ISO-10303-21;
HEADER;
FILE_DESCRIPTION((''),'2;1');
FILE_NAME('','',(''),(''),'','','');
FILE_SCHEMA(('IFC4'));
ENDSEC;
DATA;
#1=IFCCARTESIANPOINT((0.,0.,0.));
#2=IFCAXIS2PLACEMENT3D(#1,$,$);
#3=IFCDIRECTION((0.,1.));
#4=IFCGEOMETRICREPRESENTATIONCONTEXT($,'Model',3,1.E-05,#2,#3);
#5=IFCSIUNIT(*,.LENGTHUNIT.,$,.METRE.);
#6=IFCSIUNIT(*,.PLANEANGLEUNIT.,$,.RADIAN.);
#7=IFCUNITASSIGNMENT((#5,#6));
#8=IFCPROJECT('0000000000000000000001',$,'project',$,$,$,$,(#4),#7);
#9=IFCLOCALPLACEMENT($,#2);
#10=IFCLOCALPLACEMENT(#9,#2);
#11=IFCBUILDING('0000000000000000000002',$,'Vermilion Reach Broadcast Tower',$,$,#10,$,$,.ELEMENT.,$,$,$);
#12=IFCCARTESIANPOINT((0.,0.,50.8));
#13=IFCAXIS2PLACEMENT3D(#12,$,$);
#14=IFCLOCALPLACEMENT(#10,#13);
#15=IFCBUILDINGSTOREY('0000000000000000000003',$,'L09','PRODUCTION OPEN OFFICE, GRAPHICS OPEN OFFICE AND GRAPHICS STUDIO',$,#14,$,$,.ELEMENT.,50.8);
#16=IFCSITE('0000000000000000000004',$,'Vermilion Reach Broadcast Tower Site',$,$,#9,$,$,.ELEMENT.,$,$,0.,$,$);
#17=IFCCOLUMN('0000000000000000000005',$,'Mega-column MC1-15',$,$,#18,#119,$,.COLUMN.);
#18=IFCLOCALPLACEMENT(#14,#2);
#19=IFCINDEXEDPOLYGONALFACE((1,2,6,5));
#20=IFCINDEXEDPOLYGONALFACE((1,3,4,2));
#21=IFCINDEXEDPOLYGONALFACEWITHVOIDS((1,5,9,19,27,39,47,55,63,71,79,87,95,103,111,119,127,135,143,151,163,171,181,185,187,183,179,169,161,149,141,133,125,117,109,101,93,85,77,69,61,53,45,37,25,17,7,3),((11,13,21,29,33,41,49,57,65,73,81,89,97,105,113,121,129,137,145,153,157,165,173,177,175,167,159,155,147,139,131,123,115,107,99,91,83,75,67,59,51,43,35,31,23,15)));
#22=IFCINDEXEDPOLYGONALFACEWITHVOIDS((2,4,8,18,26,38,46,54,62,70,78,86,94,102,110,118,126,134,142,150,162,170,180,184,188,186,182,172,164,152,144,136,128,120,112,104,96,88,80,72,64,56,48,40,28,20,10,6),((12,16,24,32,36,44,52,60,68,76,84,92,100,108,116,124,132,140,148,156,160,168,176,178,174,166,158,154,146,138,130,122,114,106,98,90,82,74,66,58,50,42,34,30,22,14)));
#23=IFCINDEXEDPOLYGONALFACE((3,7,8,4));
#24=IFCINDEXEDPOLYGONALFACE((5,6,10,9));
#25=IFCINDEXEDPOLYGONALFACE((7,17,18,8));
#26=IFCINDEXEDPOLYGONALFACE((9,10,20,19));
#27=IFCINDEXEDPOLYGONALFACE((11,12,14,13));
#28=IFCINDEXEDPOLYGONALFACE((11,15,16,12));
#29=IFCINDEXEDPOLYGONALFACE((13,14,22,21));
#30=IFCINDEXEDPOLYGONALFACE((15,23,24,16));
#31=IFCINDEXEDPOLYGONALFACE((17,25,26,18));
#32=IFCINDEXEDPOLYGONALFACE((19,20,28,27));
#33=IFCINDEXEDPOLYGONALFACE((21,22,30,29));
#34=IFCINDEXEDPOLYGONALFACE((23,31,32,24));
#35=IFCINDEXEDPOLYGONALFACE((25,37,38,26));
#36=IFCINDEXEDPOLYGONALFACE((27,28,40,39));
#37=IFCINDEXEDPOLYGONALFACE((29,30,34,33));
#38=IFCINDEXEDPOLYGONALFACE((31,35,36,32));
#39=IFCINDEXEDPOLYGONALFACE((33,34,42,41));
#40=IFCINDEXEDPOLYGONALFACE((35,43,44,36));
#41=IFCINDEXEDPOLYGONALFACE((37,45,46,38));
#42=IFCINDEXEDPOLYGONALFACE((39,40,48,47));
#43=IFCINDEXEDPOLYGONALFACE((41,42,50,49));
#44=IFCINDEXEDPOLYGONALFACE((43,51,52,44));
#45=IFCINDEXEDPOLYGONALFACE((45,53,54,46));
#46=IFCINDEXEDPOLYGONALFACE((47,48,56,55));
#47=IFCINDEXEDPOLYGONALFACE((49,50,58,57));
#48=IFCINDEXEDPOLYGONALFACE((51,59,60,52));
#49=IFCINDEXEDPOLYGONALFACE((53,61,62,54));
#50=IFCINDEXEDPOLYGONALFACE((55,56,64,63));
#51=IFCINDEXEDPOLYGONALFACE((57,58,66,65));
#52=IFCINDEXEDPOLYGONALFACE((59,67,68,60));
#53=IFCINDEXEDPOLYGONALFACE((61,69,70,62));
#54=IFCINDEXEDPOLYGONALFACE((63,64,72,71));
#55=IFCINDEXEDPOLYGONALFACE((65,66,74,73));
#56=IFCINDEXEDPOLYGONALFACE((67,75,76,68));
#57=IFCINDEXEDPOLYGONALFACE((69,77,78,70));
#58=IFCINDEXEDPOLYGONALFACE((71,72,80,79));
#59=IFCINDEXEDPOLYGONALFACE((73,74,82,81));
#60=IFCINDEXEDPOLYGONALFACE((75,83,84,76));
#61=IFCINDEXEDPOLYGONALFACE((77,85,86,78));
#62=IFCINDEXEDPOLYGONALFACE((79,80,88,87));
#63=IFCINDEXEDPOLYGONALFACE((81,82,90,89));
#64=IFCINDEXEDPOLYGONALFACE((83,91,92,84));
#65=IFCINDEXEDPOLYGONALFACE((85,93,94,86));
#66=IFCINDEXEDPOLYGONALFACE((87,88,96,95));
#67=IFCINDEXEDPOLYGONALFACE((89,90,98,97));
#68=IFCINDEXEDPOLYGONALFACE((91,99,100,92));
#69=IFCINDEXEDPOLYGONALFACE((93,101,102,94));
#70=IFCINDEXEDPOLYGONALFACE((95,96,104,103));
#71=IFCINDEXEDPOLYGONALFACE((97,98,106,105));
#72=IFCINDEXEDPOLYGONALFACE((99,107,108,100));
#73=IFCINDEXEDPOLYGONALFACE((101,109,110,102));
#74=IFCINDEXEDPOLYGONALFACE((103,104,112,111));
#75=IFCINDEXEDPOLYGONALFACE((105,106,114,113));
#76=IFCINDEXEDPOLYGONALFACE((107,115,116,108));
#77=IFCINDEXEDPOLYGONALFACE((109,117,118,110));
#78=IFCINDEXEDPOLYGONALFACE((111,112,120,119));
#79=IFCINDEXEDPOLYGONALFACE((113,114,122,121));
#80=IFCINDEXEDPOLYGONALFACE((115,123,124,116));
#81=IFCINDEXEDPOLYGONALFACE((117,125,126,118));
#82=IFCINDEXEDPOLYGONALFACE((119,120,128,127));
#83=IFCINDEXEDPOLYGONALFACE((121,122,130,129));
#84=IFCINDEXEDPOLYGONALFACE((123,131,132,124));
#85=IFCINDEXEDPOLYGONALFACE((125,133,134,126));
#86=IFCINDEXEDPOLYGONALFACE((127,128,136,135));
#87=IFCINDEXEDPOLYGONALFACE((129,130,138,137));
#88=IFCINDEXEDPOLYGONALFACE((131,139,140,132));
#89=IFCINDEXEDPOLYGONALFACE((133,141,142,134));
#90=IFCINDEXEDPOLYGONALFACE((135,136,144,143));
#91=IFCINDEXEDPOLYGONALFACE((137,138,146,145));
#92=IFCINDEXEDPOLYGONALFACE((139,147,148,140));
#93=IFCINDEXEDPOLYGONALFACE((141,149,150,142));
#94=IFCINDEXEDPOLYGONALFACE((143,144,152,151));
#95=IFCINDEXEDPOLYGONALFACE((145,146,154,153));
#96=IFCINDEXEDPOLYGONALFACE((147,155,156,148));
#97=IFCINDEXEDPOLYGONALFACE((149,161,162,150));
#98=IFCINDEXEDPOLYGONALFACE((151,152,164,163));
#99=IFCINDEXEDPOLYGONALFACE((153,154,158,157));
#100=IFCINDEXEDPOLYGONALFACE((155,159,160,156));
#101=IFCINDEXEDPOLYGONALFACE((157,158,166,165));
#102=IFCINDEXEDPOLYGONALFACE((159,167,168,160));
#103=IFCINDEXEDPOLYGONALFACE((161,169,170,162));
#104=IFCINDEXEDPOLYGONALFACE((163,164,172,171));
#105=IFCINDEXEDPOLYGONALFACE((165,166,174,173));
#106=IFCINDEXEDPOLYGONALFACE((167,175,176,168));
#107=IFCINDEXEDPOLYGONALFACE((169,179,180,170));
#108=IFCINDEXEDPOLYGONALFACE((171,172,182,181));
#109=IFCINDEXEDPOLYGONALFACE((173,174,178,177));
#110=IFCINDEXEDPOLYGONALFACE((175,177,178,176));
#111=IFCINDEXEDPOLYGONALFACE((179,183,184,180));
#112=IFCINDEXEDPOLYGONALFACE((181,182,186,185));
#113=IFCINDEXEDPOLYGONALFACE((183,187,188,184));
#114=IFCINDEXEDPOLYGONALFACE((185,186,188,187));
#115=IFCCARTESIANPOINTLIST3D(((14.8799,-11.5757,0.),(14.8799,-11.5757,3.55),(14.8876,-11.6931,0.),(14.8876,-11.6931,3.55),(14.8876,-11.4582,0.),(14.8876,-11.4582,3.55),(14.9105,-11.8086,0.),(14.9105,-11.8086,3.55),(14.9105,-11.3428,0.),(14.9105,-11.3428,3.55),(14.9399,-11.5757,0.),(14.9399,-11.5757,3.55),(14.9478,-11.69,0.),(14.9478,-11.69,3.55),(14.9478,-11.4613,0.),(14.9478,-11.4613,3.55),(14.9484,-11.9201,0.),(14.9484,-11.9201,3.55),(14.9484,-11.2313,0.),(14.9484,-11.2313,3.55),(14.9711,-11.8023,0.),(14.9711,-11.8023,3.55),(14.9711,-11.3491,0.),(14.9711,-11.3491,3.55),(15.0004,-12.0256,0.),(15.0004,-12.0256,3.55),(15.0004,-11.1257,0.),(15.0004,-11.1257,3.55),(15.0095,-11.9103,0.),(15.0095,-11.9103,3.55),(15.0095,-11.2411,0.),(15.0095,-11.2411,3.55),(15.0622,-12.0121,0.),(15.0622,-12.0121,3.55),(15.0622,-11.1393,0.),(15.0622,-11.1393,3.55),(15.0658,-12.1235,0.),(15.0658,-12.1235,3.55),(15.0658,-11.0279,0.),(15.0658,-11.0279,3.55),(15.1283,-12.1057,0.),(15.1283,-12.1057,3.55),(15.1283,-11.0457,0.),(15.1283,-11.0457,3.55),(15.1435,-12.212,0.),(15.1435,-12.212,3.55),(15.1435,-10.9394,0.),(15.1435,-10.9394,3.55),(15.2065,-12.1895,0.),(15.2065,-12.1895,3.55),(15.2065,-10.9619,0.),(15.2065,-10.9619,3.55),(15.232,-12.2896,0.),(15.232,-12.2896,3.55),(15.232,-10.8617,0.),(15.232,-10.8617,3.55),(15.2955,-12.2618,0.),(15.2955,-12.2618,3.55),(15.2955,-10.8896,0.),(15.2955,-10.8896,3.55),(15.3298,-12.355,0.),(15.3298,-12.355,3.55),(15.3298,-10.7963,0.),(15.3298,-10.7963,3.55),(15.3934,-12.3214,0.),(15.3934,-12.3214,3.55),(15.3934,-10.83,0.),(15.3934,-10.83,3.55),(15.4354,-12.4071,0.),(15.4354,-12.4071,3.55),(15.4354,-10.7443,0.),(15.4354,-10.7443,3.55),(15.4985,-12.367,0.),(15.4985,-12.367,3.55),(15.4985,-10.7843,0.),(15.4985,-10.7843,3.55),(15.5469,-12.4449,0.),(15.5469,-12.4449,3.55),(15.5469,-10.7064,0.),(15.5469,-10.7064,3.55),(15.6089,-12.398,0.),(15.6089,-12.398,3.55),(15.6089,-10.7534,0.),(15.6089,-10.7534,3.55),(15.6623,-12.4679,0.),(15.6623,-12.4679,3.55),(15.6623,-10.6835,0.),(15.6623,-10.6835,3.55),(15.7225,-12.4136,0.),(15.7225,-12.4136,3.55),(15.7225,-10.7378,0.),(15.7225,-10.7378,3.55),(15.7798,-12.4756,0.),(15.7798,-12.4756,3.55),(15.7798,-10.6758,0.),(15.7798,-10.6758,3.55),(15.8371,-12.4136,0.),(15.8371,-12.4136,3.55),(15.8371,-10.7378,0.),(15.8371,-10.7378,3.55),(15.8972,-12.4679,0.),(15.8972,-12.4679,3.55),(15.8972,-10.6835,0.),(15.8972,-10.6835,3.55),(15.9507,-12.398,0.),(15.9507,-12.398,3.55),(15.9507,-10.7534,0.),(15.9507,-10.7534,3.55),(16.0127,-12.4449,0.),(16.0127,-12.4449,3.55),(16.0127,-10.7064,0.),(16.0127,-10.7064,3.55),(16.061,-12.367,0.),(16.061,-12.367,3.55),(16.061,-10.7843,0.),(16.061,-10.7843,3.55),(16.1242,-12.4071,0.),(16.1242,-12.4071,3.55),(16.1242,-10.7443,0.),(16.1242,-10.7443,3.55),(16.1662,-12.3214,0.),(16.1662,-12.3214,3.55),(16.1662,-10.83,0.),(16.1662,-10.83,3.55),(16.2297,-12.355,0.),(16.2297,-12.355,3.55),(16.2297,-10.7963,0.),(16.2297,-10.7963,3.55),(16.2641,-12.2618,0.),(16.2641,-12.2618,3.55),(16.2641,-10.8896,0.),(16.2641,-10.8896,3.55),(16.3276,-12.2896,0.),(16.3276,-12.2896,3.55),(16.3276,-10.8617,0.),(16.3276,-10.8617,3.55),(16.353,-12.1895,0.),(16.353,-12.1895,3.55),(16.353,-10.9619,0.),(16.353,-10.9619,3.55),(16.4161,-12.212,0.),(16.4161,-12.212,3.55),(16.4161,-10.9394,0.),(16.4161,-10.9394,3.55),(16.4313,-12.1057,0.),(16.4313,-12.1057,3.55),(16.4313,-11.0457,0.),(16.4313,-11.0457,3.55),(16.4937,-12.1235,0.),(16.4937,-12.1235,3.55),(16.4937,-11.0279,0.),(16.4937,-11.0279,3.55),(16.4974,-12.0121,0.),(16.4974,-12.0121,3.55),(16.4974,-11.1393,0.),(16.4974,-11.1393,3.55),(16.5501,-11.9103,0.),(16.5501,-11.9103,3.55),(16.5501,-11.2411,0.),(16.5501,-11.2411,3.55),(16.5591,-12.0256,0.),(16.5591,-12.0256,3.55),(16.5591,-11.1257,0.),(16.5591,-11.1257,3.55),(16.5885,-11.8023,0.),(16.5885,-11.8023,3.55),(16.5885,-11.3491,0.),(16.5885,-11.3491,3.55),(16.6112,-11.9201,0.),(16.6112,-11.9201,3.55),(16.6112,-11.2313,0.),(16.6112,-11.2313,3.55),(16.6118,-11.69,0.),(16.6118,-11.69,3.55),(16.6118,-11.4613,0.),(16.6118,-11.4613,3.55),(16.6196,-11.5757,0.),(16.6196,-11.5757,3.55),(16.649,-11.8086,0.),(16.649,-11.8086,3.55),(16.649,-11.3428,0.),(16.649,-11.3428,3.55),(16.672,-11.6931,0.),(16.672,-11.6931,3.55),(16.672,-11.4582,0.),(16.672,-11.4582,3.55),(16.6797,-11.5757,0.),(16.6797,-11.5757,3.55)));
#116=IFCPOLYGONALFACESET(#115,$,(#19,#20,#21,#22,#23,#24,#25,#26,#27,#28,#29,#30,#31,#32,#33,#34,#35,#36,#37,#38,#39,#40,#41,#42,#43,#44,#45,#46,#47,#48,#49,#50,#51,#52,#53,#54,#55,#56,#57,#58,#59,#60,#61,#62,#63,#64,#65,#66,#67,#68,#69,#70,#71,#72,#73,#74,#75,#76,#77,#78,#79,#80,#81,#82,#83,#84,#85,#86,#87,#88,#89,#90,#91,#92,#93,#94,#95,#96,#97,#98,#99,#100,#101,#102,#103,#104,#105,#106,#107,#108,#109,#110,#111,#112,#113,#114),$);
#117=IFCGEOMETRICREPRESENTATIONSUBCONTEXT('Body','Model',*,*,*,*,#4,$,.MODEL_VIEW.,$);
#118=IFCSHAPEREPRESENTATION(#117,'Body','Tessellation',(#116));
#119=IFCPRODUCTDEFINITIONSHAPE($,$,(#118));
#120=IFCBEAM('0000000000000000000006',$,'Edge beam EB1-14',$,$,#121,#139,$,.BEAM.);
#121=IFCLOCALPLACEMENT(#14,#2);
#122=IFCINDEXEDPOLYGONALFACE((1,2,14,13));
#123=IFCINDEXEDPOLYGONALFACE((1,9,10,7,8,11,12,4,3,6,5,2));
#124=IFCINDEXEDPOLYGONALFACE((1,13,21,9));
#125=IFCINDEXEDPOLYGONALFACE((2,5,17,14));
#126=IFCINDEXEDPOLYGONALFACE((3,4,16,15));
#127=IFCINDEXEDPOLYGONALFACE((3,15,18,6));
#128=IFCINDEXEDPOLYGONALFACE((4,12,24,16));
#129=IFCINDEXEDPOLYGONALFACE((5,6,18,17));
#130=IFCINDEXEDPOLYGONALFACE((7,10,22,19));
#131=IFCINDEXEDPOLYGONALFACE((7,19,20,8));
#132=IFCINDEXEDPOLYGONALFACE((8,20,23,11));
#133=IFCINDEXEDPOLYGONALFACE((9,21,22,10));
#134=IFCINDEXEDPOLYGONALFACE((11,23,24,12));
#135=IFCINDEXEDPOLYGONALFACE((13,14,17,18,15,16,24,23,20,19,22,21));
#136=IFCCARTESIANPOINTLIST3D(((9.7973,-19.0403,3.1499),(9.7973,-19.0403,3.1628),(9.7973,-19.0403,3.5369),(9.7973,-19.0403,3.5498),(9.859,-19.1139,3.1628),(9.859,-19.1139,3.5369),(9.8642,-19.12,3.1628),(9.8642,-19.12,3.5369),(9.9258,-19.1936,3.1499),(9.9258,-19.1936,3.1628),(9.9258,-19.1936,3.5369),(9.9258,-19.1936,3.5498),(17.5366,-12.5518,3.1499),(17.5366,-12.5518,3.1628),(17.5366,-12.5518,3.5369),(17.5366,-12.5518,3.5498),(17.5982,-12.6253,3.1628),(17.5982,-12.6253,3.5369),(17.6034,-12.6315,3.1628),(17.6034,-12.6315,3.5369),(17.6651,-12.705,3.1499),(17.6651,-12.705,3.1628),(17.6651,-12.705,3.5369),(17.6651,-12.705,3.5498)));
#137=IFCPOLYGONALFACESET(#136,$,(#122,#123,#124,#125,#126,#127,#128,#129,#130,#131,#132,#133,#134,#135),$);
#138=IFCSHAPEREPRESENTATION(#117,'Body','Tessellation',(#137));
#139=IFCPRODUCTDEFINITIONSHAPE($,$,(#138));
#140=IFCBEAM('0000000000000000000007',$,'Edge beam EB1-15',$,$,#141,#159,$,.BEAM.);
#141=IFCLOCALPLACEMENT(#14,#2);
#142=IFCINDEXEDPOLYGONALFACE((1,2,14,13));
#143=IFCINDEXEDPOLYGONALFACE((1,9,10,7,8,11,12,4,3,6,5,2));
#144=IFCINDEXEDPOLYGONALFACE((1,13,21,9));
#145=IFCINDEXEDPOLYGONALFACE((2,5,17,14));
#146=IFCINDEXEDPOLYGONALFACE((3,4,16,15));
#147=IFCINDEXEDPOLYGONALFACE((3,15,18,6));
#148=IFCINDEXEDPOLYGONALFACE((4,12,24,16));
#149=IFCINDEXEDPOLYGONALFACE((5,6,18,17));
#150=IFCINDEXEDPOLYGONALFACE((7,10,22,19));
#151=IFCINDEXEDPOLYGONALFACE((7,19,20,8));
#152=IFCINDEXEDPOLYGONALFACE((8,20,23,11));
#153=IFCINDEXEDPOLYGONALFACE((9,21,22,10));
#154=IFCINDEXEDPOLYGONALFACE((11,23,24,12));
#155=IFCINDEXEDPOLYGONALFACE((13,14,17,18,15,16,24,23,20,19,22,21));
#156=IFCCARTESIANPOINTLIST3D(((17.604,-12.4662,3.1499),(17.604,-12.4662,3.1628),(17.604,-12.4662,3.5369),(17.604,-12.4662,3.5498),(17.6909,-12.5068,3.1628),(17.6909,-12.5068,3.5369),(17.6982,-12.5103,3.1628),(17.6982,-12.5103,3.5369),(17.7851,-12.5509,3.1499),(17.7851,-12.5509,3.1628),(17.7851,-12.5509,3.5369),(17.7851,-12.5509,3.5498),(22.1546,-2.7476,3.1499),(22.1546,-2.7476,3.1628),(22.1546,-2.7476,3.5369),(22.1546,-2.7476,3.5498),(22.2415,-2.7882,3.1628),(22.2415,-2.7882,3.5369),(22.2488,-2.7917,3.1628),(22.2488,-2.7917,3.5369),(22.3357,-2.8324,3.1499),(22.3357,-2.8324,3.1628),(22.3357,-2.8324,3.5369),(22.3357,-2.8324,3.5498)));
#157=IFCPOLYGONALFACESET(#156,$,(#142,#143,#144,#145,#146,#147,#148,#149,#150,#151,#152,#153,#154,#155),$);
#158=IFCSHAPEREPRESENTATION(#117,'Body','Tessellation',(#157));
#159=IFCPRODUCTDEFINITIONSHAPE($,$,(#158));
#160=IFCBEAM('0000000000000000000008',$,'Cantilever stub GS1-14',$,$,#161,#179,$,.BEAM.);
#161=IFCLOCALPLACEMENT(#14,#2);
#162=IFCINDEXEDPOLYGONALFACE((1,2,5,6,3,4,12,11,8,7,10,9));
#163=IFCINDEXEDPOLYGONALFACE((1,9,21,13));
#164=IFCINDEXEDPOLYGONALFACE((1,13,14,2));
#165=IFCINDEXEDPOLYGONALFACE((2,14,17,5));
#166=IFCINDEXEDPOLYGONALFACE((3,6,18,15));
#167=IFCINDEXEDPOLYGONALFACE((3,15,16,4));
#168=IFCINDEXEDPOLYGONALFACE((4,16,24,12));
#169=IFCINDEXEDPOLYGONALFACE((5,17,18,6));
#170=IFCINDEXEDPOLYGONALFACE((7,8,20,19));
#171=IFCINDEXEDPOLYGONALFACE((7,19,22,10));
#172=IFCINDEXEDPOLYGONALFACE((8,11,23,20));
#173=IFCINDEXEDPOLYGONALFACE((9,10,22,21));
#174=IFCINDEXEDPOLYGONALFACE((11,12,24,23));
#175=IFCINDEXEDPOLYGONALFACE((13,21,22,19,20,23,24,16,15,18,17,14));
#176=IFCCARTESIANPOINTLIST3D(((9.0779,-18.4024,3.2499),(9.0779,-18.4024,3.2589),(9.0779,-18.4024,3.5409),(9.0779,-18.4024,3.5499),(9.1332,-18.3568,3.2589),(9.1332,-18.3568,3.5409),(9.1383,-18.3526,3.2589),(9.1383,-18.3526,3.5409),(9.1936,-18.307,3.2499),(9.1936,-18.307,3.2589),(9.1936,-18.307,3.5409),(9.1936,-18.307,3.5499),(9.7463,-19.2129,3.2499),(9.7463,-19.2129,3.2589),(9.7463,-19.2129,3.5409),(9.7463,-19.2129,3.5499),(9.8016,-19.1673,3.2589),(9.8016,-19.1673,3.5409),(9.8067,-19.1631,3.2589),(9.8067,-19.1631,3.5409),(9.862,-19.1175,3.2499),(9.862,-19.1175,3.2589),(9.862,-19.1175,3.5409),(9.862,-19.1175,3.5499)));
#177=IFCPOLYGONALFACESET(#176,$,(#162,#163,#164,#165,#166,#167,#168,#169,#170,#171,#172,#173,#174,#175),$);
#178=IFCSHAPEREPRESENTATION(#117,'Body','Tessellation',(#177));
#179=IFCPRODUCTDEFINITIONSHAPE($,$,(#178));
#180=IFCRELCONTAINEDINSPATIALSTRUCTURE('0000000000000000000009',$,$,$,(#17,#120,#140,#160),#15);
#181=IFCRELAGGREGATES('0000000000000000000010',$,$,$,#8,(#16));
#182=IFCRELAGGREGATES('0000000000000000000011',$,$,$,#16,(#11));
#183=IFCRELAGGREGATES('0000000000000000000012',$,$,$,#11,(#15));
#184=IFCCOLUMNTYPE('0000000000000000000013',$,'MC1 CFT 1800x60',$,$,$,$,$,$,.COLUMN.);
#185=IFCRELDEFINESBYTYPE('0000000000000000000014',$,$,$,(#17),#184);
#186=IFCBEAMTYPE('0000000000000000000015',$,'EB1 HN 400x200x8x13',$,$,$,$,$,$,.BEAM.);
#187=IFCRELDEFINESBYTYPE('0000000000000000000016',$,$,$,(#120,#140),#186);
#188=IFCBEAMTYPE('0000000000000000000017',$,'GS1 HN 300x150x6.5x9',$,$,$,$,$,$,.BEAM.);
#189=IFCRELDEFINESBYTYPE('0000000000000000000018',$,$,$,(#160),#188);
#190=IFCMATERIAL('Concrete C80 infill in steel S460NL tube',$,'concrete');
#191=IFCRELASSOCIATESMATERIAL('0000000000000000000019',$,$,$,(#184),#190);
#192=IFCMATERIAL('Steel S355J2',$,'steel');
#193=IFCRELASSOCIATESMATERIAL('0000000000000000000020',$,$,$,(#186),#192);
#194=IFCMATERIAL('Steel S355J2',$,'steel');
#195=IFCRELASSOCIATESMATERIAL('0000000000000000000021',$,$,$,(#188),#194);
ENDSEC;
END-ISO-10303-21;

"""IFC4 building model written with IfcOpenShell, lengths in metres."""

from ifc_helpers import new_model, si_unit, direction, frame, origin, origin_2d, place, context, subcontext, project, spatial, hollow_circle, i_section, extrude, material, material_profile, profile_set, type_object, element, save


model = new_model("IFC4")

# Units and contexts
model_context = context("Model", 3, precision=1e-05, world=origin(), true_north=direction((0.0, 1.0)))
body_context = subcontext(model_context, "Body", "Model", "MODEL_VIEW")
ifc_project = project(units=[si_unit("LENGTHUNIT", "METRE"), si_unit("PLANEANGLEUNIT", "RADIAN")], contexts=[model_context])

# Site, building, storey
site_placement = place(None, origin())
site = spatial("IfcSite", under=ifc_project, at=site_placement, Name="Vermilion Reach Broadcast Tower Site", CompositionType="ELEMENT", RefElevation=0.0)
building_placement = place(site_placement, origin())
building = spatial("IfcBuilding", under=site, at=building_placement, Name="Vermilion Reach Broadcast Tower", CompositionType="ELEMENT")
storey_placement = place(building_placement, frame((0.0, 0.0, 50.8)))
storey = spatial("IfcBuildingStorey", under=building, at=storey_placement, Name="L09", Description="PRODUCTION OPEN OFFICE, GRAPHICS OPEN OFFICE AND GRAPHICS STUDIO", CompositionType="ELEMENT", Elevation=50.8)

# Column
ifc_material_1 = material(Name="Concrete C80 infill in steel S460NL tube", Category="concrete")
ifc_material_profile_1 = material_profile(ifc_material_1, hollow_circle(Radius=0.8999, WallThickness=0.0601, at=origin_2d()), Name="Concrete C80 infill in steel S460NL tube CFT 1800x60")
ifc_profile_set_1 = profile_set([ifc_material_profile_1], Name="Concrete C80 infill in steel S460NL tube")
column_type = type_object("IfcColumnType", Name="MC1 CFT 1800x60", PredefinedType="COLUMN", material=ifc_profile_set_1)
for number, where, z_axis, x_axis, name in (
    (1, (15.7798, -11.5757, 0.0), (0.0, 0.0, 1.0), (1.0, 0.0, 0.0), "Mega-column MC1-15"),
):
    element("IfcColumn", number, at=place(storey_placement, frame(where, z_axis=z_axis, x_axis=x_axis)), inside=storey, type_object=column_type, Name=name, PredefinedType="COLUMN", context=body_context, shape_type="SweptSolid", body=[
        extrude(hollow_circle(Radius=0.8999, WallThickness=0.0601, at=origin_2d()), origin(), (0.0, 0.0, 1.0), 3.55),
    ])

# Beams
ifc_material_2 = material(Name="Steel S355J2", Category="steel")
ifc_material_profile_2 = material_profile(ifc_material_2, i_section(OverallWidth=0.2, OverallDepth=0.3999, WebThickness=0.0081, FlangeThickness=0.0129, at=origin_2d()), Name="S355J2 HN 400x200x8x13")
ifc_profile_set_2 = profile_set([ifc_material_profile_2], Name="Steel S355J2")
beam_type_1 = type_object("IfcBeamType", Name="EB1 HN 400x200x8x13", PredefinedType="BEAM", material=ifc_profile_set_2)
beam_1_placement = place(storey_placement, frame((9.8616, -19.1169, 3.3499), z_axis=(0.766312, 0.642469, 0.0), x_axis=(-0.642469, 0.766312, 0.0)))
element("IfcBeam", 2, at=beam_1_placement, inside=storey, type_object=beam_type_1, Name="Edge beam EB1-14", PredefinedType="BEAM", context=body_context, shape_type="SweptSolid", body=[
    extrude(i_section(OverallWidth=0.2, OverallDepth=0.3999, WebThickness=0.0081, FlangeThickness=0.0129, at=origin_2d()), origin(), (0.0, 0.0, 1.0), 10.0994),
])
beam_2_placement = place(storey_placement, frame((17.6946, -12.5085, 3.3499), z_axis=(0.424051, 0.905638, 0.0), x_axis=(-0.905638, 0.424051, 0.0)))
element("IfcBeam", 3, at=beam_2_placement, inside=storey, type_object=beam_type_1, Name="Edge beam EB1-15", PredefinedType="BEAM", context=body_context, shape_type="SweptSolid", body=[
    extrude(i_section(OverallWidth=0.2, OverallDepth=0.3999, WebThickness=0.0081, FlangeThickness=0.0129, at=origin_2d()), origin(), (0.0, 0.0, 1.0), 10.7312),
])
ifc_material_3 = material(Name="Steel S355J2", Category="steel")
ifc_material_profile_3 = material_profile(ifc_material_3, i_section(OverallWidth=0.1499, OverallDepth=0.3, WebThickness=0.0066, FlangeThickness=0.009, at=origin_2d()), Name="S355J2 HN 300x150x6.5x9")
ifc_profile_set_3 = profile_set([ifc_material_profile_3], Name="Steel S355J2")
beam_type_2 = type_object("IfcBeamType", Name="GS1 HN 300x150x6.5x9", PredefinedType="BEAM", material=ifc_profile_set_3)
beam_3_placement = place(storey_placement, frame((9.1357, -18.3547, 3.3999), z_axis=(0.636245, -0.771487, 0.0), x_axis=(0.771487, 0.636245, 0.0)))
element("IfcBeam", 4, at=beam_3_placement, inside=storey, type_object=beam_type_2, Name="Cantilever stub GS1-14", PredefinedType="BEAM", context=body_context, shape_type="SweptSolid", body=[
    extrude(i_section(OverallWidth=0.1499, OverallDepth=0.3, WebThickness=0.0066, FlangeThickness=0.009, at=origin_2d()), origin(), (0.0, 0.0, 1.0), 1.0505),
])

save(model, "model.ifc")
